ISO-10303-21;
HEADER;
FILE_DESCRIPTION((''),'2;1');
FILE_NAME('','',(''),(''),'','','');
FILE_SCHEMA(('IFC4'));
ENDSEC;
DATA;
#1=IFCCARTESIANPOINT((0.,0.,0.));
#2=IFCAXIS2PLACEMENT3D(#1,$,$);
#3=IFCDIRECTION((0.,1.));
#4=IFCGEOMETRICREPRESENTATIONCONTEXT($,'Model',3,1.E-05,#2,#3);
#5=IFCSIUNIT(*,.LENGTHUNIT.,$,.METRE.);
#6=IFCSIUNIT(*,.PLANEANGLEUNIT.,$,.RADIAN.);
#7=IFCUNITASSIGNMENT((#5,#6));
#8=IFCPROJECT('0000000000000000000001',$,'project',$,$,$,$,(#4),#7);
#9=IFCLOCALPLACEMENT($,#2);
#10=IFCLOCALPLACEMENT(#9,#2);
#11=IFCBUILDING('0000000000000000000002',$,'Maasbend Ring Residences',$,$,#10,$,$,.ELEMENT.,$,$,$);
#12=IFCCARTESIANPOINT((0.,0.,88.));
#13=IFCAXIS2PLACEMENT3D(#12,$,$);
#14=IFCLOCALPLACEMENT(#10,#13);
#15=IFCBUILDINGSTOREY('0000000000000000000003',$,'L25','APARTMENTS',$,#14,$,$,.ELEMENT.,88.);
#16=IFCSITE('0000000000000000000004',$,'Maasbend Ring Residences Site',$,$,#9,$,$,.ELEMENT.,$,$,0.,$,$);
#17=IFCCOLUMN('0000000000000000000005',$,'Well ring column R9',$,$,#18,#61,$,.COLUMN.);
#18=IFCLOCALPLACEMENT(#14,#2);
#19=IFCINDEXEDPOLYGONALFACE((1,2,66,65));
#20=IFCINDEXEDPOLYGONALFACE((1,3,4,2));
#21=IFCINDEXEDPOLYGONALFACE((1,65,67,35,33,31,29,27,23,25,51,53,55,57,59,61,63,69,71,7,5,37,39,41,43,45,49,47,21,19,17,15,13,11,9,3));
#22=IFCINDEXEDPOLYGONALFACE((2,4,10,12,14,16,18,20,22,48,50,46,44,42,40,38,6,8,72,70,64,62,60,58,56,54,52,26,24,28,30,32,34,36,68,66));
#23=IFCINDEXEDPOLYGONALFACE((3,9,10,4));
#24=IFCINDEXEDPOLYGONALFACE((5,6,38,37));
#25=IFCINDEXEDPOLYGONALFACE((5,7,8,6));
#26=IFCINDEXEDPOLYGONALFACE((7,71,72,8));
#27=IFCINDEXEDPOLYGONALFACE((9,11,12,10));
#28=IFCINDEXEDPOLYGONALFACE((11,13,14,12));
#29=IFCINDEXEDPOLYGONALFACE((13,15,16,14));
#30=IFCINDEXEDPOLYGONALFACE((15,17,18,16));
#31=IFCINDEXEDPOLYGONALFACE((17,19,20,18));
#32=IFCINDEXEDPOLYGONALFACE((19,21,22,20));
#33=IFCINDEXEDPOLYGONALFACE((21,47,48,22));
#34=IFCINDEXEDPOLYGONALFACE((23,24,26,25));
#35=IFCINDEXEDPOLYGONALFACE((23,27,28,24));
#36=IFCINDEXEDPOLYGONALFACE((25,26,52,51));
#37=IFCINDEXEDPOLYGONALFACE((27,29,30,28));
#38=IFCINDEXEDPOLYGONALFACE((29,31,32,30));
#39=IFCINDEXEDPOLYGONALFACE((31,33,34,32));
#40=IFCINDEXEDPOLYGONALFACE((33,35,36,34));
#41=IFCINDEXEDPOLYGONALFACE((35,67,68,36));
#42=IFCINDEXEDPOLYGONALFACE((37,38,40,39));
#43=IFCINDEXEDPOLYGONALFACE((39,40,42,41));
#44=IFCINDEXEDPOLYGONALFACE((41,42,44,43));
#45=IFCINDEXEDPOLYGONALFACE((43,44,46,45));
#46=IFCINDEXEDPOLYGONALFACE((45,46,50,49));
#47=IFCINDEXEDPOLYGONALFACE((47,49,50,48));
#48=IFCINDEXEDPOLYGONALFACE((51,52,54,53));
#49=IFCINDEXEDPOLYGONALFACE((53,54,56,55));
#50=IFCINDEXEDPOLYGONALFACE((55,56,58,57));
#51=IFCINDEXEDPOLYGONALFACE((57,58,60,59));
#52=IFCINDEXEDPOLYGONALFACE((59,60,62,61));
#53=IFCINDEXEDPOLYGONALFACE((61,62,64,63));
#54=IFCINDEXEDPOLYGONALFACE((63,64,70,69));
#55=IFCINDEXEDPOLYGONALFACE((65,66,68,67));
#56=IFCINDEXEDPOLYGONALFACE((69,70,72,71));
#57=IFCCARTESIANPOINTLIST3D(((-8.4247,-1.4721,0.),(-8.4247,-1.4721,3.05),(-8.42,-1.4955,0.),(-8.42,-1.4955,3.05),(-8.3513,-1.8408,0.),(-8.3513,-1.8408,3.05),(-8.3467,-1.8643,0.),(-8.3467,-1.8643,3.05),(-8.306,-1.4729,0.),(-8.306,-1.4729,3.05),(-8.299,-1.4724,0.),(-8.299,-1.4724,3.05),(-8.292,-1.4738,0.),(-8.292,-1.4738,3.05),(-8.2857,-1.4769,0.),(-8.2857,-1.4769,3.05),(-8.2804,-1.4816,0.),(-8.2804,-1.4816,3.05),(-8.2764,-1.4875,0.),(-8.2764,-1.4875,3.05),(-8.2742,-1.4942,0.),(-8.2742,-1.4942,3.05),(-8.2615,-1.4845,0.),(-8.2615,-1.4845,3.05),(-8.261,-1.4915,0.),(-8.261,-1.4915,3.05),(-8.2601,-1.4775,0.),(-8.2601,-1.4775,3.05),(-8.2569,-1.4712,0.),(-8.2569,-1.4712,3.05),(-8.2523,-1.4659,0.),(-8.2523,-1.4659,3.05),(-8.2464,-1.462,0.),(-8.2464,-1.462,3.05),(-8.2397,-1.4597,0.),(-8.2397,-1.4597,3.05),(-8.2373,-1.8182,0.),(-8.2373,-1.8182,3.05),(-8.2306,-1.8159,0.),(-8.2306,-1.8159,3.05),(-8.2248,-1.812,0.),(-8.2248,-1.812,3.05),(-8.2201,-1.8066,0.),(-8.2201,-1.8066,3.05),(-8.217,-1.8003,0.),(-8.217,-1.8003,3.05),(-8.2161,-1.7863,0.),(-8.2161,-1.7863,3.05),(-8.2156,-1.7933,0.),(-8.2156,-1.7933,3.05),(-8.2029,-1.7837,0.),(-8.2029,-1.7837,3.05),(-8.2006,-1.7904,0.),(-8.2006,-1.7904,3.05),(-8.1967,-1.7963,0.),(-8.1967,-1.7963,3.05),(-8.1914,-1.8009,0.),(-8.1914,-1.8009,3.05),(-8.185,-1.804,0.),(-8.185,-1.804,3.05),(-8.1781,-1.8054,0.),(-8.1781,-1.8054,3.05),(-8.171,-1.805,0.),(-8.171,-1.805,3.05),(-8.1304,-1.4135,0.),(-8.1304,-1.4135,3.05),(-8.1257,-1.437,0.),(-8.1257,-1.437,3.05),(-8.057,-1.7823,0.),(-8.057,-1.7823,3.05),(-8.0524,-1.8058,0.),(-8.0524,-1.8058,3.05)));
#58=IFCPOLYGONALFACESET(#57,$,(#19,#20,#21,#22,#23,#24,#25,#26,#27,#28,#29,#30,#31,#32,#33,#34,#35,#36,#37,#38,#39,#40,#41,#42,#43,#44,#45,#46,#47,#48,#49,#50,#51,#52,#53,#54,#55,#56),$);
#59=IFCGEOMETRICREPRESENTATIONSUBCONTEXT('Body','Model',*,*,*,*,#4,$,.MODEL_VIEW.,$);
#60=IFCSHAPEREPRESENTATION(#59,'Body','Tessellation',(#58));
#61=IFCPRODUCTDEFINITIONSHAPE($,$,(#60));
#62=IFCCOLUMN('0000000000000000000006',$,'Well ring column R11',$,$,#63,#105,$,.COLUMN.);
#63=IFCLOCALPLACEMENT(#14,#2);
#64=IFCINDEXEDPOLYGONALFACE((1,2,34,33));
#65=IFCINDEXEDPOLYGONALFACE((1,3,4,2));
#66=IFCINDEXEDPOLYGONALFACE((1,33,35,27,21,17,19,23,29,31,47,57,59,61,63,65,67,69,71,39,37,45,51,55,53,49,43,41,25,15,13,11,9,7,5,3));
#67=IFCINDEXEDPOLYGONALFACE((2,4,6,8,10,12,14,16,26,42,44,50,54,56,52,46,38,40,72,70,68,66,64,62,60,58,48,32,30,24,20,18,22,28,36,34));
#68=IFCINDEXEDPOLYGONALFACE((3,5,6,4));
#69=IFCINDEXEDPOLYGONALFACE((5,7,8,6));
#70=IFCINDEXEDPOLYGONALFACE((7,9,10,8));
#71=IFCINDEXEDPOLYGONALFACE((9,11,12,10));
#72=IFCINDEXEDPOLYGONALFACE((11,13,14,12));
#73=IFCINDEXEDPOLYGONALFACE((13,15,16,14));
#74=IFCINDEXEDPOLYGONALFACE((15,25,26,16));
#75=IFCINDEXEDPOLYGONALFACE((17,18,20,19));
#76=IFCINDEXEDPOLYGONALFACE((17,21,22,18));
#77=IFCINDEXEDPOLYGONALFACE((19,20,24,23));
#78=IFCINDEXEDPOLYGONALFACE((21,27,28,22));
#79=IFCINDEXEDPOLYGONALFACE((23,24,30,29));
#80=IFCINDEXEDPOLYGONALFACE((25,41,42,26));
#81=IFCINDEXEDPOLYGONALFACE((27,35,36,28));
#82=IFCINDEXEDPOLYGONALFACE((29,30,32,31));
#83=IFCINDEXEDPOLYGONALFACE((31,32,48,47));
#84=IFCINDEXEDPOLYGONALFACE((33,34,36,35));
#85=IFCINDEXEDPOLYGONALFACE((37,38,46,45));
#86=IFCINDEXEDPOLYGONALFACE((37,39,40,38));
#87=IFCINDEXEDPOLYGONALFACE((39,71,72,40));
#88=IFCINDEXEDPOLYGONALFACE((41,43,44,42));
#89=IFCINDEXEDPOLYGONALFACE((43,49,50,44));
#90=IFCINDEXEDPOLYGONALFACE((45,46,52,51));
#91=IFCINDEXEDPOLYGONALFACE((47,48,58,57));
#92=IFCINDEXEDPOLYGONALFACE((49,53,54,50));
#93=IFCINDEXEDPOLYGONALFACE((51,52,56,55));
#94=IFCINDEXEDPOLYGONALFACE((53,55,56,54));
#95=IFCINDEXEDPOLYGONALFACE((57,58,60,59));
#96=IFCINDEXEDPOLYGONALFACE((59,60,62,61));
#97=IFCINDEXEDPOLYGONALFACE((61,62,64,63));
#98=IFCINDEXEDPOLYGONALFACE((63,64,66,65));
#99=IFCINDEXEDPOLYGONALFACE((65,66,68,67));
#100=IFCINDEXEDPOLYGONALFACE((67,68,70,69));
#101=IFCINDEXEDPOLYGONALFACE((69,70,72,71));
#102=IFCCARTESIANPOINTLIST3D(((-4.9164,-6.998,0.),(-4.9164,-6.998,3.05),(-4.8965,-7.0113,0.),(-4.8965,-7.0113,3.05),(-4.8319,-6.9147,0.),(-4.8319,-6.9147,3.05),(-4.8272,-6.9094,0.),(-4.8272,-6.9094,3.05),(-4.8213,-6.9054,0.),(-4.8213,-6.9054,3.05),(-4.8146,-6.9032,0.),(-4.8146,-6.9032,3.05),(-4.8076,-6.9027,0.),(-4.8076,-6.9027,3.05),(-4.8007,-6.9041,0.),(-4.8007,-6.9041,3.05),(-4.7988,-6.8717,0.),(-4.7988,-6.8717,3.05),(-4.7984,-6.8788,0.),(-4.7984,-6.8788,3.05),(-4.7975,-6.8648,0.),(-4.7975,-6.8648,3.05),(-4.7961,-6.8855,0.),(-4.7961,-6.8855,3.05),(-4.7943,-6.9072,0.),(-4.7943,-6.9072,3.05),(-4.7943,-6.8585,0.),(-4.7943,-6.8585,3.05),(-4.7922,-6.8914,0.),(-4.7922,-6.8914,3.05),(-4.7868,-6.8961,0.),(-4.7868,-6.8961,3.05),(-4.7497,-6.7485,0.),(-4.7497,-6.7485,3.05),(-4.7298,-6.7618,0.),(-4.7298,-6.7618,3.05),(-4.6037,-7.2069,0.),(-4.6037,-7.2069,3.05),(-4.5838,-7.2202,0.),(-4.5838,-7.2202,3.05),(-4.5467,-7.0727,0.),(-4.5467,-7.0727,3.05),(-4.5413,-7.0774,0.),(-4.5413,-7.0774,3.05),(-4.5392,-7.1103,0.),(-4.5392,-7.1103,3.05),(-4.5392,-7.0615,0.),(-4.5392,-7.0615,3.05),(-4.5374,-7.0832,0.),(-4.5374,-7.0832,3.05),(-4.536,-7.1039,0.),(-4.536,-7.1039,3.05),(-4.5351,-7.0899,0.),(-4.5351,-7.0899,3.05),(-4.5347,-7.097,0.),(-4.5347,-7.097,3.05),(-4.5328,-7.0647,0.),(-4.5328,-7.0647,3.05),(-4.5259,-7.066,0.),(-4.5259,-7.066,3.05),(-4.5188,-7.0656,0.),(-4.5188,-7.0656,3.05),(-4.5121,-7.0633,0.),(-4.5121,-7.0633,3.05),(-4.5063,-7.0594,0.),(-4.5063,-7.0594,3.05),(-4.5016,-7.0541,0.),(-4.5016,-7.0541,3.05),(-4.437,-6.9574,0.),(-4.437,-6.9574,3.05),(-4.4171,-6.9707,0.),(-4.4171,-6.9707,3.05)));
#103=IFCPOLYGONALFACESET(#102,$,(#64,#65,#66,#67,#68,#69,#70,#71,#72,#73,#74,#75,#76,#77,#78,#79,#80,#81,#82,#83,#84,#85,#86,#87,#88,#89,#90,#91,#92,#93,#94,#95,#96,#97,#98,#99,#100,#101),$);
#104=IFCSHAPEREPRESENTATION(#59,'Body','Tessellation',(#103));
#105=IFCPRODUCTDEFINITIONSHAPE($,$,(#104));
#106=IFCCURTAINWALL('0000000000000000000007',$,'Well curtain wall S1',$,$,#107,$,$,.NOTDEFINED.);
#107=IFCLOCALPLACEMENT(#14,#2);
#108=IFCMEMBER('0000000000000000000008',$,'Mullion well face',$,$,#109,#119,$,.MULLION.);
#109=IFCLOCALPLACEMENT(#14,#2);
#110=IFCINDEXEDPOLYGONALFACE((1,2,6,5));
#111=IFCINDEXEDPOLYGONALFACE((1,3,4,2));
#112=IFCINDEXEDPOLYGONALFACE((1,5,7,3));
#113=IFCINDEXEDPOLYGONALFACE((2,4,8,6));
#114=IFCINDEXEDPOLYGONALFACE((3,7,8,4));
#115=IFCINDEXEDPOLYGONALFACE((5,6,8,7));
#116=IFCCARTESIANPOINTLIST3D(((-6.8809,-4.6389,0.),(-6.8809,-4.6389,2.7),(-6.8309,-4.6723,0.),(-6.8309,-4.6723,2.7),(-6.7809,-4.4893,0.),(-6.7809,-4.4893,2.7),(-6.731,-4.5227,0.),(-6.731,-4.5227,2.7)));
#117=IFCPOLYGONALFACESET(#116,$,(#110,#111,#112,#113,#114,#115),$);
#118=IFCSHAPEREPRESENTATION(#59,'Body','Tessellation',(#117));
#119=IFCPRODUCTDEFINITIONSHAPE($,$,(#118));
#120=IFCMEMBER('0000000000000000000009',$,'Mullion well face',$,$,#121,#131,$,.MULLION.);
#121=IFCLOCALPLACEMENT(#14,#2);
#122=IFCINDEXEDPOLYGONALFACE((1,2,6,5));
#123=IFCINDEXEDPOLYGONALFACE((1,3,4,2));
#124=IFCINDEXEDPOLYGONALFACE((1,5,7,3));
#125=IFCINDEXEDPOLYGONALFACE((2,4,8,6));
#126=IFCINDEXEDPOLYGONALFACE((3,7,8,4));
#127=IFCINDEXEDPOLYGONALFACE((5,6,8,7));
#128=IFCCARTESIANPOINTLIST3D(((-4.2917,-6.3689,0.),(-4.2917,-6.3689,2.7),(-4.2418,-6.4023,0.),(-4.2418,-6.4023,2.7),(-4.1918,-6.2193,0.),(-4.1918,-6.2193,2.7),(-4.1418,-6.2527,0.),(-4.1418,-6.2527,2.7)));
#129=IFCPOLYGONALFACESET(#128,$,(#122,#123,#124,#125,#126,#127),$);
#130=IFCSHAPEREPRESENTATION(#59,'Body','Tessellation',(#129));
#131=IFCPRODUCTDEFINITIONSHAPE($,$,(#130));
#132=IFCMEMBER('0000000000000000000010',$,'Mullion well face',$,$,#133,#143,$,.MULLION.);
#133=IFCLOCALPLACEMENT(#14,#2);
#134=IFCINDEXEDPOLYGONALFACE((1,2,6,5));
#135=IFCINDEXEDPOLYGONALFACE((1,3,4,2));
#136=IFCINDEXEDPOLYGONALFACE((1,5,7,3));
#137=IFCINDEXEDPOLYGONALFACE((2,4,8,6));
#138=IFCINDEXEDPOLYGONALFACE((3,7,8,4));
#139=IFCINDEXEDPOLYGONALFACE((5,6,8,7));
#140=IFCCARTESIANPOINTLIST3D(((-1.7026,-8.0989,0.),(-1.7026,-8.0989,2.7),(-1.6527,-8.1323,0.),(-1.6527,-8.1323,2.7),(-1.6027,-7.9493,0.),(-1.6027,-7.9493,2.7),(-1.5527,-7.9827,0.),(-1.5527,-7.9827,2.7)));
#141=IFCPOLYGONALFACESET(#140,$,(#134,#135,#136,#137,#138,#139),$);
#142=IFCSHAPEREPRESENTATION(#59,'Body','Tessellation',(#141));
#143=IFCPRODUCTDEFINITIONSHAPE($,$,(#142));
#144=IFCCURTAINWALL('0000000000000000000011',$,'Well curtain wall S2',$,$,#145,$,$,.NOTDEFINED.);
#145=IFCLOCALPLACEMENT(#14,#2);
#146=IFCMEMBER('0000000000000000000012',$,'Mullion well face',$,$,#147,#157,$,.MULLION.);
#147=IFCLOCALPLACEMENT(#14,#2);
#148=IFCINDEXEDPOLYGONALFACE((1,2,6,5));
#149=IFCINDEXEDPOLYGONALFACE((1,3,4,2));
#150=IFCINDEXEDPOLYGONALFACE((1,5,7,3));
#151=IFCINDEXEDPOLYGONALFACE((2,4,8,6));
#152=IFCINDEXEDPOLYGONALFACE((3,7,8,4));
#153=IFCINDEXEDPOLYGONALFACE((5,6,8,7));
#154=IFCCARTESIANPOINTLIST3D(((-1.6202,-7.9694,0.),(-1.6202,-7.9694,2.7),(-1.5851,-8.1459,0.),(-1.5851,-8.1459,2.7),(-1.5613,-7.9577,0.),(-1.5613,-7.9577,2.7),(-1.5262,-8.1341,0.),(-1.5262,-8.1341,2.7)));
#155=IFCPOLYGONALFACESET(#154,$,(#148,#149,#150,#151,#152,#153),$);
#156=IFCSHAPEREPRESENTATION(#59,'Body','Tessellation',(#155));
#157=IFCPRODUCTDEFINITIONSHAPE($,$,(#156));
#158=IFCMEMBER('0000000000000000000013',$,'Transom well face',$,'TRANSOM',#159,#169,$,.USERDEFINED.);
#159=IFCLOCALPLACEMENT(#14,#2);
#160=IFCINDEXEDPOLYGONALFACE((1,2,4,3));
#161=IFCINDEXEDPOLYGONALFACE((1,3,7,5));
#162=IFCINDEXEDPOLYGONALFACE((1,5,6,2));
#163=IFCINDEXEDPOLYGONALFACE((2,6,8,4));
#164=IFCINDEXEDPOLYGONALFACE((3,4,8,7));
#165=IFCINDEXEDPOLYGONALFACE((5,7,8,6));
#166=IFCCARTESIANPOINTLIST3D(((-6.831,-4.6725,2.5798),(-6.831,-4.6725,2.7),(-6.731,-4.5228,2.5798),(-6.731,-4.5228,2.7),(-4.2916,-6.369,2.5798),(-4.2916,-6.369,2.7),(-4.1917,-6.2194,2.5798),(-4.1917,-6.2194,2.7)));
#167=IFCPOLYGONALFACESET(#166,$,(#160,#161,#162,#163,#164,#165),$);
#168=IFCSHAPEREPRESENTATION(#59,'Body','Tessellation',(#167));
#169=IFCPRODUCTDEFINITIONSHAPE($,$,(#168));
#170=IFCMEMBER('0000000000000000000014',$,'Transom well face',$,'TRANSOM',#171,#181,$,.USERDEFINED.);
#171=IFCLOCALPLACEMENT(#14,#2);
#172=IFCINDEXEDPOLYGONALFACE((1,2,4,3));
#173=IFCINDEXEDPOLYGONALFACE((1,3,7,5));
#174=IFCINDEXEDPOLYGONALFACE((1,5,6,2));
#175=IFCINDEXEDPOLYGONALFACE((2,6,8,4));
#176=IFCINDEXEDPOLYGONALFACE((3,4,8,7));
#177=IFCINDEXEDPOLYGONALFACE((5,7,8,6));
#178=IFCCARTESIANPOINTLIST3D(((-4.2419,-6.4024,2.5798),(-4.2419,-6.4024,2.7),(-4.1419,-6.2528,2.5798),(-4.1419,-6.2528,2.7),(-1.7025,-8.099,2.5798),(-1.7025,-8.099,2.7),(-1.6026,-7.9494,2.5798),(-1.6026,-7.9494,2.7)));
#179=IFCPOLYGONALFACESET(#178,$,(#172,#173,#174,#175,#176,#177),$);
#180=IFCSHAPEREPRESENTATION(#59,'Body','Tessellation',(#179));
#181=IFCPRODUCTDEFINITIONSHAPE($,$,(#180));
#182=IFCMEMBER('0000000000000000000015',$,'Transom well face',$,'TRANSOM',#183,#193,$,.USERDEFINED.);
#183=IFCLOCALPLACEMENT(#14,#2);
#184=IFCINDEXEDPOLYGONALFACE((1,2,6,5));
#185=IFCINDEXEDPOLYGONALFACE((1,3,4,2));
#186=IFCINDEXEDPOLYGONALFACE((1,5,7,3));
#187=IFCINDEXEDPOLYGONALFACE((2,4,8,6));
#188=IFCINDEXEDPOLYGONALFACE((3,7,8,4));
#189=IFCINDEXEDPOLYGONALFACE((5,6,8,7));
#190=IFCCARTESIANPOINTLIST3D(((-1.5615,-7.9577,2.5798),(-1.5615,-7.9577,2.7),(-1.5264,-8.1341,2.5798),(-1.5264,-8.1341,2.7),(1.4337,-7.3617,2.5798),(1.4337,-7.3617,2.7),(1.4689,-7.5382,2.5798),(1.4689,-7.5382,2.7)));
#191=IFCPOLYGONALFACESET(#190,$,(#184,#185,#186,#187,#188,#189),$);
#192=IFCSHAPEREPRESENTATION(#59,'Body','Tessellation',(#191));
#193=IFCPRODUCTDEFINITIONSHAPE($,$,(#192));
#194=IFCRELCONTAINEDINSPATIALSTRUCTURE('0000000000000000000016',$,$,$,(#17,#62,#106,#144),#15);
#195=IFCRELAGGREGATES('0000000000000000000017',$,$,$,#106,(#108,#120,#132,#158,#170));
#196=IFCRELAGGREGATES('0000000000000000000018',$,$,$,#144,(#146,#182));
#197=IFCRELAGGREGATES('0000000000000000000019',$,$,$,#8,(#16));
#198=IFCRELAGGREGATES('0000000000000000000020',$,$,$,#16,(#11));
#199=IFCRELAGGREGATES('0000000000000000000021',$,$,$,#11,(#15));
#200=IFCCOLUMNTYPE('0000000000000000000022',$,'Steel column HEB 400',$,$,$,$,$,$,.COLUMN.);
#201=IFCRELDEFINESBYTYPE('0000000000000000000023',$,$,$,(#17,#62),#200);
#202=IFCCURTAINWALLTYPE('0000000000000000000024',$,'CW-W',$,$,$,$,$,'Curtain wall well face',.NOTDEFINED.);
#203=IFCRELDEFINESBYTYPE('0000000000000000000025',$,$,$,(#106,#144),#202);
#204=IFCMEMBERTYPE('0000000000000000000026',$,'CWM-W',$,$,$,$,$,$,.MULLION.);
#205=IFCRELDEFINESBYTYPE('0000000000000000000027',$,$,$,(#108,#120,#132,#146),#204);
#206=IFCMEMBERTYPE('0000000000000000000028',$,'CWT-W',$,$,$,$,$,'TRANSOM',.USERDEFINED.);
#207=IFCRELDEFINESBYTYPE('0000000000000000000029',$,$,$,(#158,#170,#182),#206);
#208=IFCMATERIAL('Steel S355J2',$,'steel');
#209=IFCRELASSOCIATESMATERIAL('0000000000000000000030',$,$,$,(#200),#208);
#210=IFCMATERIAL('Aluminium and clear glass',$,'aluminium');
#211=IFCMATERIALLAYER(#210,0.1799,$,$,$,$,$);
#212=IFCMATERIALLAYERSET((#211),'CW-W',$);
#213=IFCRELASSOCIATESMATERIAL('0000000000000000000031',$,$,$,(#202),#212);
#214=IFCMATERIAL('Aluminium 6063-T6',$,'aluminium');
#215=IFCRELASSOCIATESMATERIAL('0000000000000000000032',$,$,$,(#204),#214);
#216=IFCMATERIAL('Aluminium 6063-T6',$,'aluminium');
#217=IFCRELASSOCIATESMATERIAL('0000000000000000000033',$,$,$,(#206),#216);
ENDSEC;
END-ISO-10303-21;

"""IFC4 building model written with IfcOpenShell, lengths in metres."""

from ifc_helpers import new_model, si_unit, direction, frame, origin, origin_2d, place, context, subcontext, project, spatial, rectangle, i_section, extrude, material, layer, layer_set, material_profile, profile_set, type_object, element, aggregate, save


model = new_model("IFC4")

# Units and contexts
model_context = context("Model", 3, precision=1e-05, world=origin(), true_north=direction((0.0, 1.0)))
body_context = subcontext(model_context, "Body", "Model", "MODEL_VIEW")
ifc_project = project(units=[si_unit("LENGTHUNIT", "METRE"), si_unit("PLANEANGLEUNIT", "RADIAN")], contexts=[model_context])

# Site, building, storey
site_placement = place(None, origin())
site = spatial("IfcSite", under=ifc_project, at=site_placement, Name="Maasbend Ring Residences Site", CompositionType="ELEMENT", RefElevation=0.0)
building_placement = place(site_placement, origin())
building = spatial("IfcBuilding", under=site, at=building_placement, Name="Maasbend Ring Residences", CompositionType="ELEMENT")
storey_placement = place(building_placement, frame((0.0, 0.0, 88.0)))
storey = spatial("IfcBuildingStorey", under=building, at=storey_placement, Name="L25", Description="APARTMENTS", CompositionType="ELEMENT", Elevation=88.0)

# Columns
ifc_material_1 = material(Name="Steel S355J2", Category="steel")
ifc_material_profile_1 = material_profile(ifc_material_1, i_section(OverallWidth=0.3, OverallDepth=0.3999, WebThickness=0.0134, FlangeThickness=0.0239, FilletRadius=0.0271, at=origin_2d()), Name="HEB 400")
ifc_profile_set_1 = profile_set([ifc_material_profile_1], Name="Steel S355J2")
column_type = type_object("IfcColumnType", Name="Steel column HEB 400", PredefinedType="COLUMN", material=ifc_profile_set_1)
for number, where, z_axis, x_axis, name in (
    (1, (-8.2385, -1.6389, 0.0), (0.0, 0.0, 1.0), (-0.980785, -0.19509, 0.0), "Well ring column R9"),
    (2, (-4.6667, -6.9844, 0.0), (0.0, 0.0, 1.0), (-0.55557, -0.83147, 0.0), "Well ring column R11"),
):
    element("IfcColumn", number, at=place(storey_placement, frame(where, z_axis=z_axis, x_axis=x_axis)), inside=storey, type_object=column_type, Name=name, PredefinedType="COLUMN", context=body_context, shape_type="SweptSolid", body=[
        extrude(i_section(OverallWidth=0.3, OverallDepth=0.3999, WebThickness=0.0134, FlangeThickness=0.0239, FilletRadius=0.0271, at=origin_2d()), origin(), (0.0, 0.0, 1.0), 3.05),
    ])

# Curtain wall, members
ifc_material_2 = material(Name="Aluminium and clear glass", Category="aluminium")
ifc_layer_1 = layer(ifc_material_2, 0.1799)
ifc_layer_set_1 = layer_set([ifc_layer_1], Name="CW-W")
curtain_wall_type = type_object("IfcCurtainWallType", Name="CW-W", ElementType="Curtain wall well face", PredefinedType="NOTDEFINED", material=ifc_layer_set_1)
curtain_wall_1_placement = place(storey_placement, origin())
curtain_wall_1 = element("IfcCurtainWall", 3, at=curtain_wall_1_placement, inside=storey, type_object=curtain_wall_type, Name="Well curtain wall S1", PredefinedType="NOTDEFINED")
ifc_material_3 = material(Name="Aluminium 6063-T6", Category="aluminium")
ifc_material_profile_2 = material_profile(ifc_material_3, rectangle(XDim=0.1799, YDim=0.0601, at=origin_2d()), Name="AL 180x60")
ifc_profile_set_2 = profile_set([ifc_material_profile_2], Name="Aluminium 6063-T6")
member_type_1 = type_object("IfcMemberType", Name="CWM-W", PredefinedType="MULLION", material=ifc_profile_set_2)
member_1_placement = place(storey_placement, frame((-6.8059, -4.5808, 0.0), z_axis=(0.0, 0.0, 1.0), x_axis=(0.55557, 0.83147, 0.0)))
member_1 = element("IfcMember", 4, at=member_1_placement, type_object=member_type_1, Name="Mullion well face", PredefinedType="MULLION", context=body_context, shape_type="SweptSolid", body=[
    extrude(rectangle(XDim=0.1799, YDim=0.0601, at=origin_2d()), origin(), (0.0, 0.0, 1.0), 2.7),
])
member_2_placement = place(storey_placement, frame((-4.2168, -6.3108, 0.0), z_axis=(0.0, 0.0, 1.0), x_axis=(0.55557, 0.83147, 0.0)))
member_2 = element("IfcMember", 5, at=member_2_placement, type_object=member_type_1, Name="Mullion well face", PredefinedType="MULLION", context=body_context, shape_type="SweptSolid", body=[
    extrude(rectangle(XDim=0.1799, YDim=0.0601, at=origin_2d()), origin(), (0.0, 0.0, 1.0), 2.7),
])
member_3_placement = place(storey_placement, frame((-1.6277, -8.0408, 0.0), z_axis=(0.0, 0.0, 1.0), x_axis=(0.55557, 0.83147, 0.0)))
member_3 = element("IfcMember", 6, at=member_3_placement, type_object=member_type_1, Name="Mullion well face", PredefinedType="MULLION", context=body_context, shape_type="SweptSolid", body=[
    extrude(rectangle(XDim=0.1799, YDim=0.0601, at=origin_2d()), origin(), (0.0, 0.0, 1.0), 2.7),
])

# Curtain wall, member
curtain_wall_2_placement = place(storey_placement, origin())
curtain_wall_2 = element("IfcCurtainWall", 7, at=curtain_wall_2_placement, inside=storey, type_object=curtain_wall_type, Name="Well curtain wall S2", PredefinedType="NOTDEFINED")
member_4_placement = place(storey_placement, frame((-1.5732, -8.0518, 0.0), z_axis=(0.0, 0.0, 1.0), x_axis=(-0.19509, 0.980785, 0.0)))
member_4 = element("IfcMember", 8, at=member_4_placement, type_object=member_type_1, Name="Mullion well face", PredefinedType="MULLION", context=body_context, shape_type="SweptSolid", body=[
    extrude(rectangle(XDim=0.1799, YDim=0.0601, at=origin_2d()), origin(), (0.0, 0.0, 1.0), 2.7),
])

# Members
ifc_material_4 = material(Name="Aluminium 6063-T6", Category="aluminium")
ifc_material_profile_3 = material_profile(ifc_material_4, rectangle(XDim=0.1799, YDim=0.1201, at=origin_2d()), Name="AL 180x120")
ifc_profile_set_3 = profile_set([ifc_material_profile_3], Name="Aluminium 6063-T6")
member_type_2 = type_object("IfcMemberType", Name="CWT-W", ElementType="TRANSOM", PredefinedType="USERDEFINED", material=ifc_profile_set_3)
member_5_placement = place(storey_placement, frame((-6.781, -4.5977, 2.6399), z_axis=(0.831496, -0.55553, 0.0), x_axis=(0.55553, 0.831496, 0.0)))
member_5 = element("IfcMember", 9, at=member_5_placement, type_object=member_type_2, Name="Transom well face", ObjectType="TRANSOM", PredefinedType="USERDEFINED", context=body_context, shape_type="SweptSolid", body=[
    extrude(rectangle(XDim=0.1799, YDim=0.1201, at=origin_2d()), origin(), (0.0, 0.0, 1.0), 3.054),
])
member_6_placement = place(storey_placement, frame((-4.1919, -6.3276, 2.6399), z_axis=(0.831496, -0.55553, 0.0), x_axis=(0.55553, 0.831496, 0.0)))
member_6 = element("IfcMember", 10, at=member_6_placement, type_object=member_type_2, Name="Transom well face", ObjectType="TRANSOM", PredefinedType="USERDEFINED", context=body_context, shape_type="SweptSolid", body=[
    extrude(rectangle(XDim=0.1799, YDim=0.1201, at=origin_2d()), origin(), (0.0, 0.0, 1.0), 3.054),
])
member_7_placement = place(storey_placement, frame((-1.5439, -8.0459, 2.6399), z_axis=(0.980777, 0.195132, 0.0), x_axis=(-0.195132, 0.980777, 0.0)))
member_7 = element("IfcMember", 11, at=member_7_placement, type_object=member_type_2, Name="Transom well face", ObjectType="TRANSOM", PredefinedType="USERDEFINED", context=body_context, shape_type="SweptSolid", body=[
    extrude(rectangle(XDim=0.1799, YDim=0.1201, at=origin_2d()), origin(), (0.0, 0.0, 1.0), 3.054),
])

aggregate(curtain_wall_1, [member_1, member_2, member_3, member_5, member_6])
aggregate(curtain_wall_2, [member_4, member_7])

save(model, "model.ifc")
